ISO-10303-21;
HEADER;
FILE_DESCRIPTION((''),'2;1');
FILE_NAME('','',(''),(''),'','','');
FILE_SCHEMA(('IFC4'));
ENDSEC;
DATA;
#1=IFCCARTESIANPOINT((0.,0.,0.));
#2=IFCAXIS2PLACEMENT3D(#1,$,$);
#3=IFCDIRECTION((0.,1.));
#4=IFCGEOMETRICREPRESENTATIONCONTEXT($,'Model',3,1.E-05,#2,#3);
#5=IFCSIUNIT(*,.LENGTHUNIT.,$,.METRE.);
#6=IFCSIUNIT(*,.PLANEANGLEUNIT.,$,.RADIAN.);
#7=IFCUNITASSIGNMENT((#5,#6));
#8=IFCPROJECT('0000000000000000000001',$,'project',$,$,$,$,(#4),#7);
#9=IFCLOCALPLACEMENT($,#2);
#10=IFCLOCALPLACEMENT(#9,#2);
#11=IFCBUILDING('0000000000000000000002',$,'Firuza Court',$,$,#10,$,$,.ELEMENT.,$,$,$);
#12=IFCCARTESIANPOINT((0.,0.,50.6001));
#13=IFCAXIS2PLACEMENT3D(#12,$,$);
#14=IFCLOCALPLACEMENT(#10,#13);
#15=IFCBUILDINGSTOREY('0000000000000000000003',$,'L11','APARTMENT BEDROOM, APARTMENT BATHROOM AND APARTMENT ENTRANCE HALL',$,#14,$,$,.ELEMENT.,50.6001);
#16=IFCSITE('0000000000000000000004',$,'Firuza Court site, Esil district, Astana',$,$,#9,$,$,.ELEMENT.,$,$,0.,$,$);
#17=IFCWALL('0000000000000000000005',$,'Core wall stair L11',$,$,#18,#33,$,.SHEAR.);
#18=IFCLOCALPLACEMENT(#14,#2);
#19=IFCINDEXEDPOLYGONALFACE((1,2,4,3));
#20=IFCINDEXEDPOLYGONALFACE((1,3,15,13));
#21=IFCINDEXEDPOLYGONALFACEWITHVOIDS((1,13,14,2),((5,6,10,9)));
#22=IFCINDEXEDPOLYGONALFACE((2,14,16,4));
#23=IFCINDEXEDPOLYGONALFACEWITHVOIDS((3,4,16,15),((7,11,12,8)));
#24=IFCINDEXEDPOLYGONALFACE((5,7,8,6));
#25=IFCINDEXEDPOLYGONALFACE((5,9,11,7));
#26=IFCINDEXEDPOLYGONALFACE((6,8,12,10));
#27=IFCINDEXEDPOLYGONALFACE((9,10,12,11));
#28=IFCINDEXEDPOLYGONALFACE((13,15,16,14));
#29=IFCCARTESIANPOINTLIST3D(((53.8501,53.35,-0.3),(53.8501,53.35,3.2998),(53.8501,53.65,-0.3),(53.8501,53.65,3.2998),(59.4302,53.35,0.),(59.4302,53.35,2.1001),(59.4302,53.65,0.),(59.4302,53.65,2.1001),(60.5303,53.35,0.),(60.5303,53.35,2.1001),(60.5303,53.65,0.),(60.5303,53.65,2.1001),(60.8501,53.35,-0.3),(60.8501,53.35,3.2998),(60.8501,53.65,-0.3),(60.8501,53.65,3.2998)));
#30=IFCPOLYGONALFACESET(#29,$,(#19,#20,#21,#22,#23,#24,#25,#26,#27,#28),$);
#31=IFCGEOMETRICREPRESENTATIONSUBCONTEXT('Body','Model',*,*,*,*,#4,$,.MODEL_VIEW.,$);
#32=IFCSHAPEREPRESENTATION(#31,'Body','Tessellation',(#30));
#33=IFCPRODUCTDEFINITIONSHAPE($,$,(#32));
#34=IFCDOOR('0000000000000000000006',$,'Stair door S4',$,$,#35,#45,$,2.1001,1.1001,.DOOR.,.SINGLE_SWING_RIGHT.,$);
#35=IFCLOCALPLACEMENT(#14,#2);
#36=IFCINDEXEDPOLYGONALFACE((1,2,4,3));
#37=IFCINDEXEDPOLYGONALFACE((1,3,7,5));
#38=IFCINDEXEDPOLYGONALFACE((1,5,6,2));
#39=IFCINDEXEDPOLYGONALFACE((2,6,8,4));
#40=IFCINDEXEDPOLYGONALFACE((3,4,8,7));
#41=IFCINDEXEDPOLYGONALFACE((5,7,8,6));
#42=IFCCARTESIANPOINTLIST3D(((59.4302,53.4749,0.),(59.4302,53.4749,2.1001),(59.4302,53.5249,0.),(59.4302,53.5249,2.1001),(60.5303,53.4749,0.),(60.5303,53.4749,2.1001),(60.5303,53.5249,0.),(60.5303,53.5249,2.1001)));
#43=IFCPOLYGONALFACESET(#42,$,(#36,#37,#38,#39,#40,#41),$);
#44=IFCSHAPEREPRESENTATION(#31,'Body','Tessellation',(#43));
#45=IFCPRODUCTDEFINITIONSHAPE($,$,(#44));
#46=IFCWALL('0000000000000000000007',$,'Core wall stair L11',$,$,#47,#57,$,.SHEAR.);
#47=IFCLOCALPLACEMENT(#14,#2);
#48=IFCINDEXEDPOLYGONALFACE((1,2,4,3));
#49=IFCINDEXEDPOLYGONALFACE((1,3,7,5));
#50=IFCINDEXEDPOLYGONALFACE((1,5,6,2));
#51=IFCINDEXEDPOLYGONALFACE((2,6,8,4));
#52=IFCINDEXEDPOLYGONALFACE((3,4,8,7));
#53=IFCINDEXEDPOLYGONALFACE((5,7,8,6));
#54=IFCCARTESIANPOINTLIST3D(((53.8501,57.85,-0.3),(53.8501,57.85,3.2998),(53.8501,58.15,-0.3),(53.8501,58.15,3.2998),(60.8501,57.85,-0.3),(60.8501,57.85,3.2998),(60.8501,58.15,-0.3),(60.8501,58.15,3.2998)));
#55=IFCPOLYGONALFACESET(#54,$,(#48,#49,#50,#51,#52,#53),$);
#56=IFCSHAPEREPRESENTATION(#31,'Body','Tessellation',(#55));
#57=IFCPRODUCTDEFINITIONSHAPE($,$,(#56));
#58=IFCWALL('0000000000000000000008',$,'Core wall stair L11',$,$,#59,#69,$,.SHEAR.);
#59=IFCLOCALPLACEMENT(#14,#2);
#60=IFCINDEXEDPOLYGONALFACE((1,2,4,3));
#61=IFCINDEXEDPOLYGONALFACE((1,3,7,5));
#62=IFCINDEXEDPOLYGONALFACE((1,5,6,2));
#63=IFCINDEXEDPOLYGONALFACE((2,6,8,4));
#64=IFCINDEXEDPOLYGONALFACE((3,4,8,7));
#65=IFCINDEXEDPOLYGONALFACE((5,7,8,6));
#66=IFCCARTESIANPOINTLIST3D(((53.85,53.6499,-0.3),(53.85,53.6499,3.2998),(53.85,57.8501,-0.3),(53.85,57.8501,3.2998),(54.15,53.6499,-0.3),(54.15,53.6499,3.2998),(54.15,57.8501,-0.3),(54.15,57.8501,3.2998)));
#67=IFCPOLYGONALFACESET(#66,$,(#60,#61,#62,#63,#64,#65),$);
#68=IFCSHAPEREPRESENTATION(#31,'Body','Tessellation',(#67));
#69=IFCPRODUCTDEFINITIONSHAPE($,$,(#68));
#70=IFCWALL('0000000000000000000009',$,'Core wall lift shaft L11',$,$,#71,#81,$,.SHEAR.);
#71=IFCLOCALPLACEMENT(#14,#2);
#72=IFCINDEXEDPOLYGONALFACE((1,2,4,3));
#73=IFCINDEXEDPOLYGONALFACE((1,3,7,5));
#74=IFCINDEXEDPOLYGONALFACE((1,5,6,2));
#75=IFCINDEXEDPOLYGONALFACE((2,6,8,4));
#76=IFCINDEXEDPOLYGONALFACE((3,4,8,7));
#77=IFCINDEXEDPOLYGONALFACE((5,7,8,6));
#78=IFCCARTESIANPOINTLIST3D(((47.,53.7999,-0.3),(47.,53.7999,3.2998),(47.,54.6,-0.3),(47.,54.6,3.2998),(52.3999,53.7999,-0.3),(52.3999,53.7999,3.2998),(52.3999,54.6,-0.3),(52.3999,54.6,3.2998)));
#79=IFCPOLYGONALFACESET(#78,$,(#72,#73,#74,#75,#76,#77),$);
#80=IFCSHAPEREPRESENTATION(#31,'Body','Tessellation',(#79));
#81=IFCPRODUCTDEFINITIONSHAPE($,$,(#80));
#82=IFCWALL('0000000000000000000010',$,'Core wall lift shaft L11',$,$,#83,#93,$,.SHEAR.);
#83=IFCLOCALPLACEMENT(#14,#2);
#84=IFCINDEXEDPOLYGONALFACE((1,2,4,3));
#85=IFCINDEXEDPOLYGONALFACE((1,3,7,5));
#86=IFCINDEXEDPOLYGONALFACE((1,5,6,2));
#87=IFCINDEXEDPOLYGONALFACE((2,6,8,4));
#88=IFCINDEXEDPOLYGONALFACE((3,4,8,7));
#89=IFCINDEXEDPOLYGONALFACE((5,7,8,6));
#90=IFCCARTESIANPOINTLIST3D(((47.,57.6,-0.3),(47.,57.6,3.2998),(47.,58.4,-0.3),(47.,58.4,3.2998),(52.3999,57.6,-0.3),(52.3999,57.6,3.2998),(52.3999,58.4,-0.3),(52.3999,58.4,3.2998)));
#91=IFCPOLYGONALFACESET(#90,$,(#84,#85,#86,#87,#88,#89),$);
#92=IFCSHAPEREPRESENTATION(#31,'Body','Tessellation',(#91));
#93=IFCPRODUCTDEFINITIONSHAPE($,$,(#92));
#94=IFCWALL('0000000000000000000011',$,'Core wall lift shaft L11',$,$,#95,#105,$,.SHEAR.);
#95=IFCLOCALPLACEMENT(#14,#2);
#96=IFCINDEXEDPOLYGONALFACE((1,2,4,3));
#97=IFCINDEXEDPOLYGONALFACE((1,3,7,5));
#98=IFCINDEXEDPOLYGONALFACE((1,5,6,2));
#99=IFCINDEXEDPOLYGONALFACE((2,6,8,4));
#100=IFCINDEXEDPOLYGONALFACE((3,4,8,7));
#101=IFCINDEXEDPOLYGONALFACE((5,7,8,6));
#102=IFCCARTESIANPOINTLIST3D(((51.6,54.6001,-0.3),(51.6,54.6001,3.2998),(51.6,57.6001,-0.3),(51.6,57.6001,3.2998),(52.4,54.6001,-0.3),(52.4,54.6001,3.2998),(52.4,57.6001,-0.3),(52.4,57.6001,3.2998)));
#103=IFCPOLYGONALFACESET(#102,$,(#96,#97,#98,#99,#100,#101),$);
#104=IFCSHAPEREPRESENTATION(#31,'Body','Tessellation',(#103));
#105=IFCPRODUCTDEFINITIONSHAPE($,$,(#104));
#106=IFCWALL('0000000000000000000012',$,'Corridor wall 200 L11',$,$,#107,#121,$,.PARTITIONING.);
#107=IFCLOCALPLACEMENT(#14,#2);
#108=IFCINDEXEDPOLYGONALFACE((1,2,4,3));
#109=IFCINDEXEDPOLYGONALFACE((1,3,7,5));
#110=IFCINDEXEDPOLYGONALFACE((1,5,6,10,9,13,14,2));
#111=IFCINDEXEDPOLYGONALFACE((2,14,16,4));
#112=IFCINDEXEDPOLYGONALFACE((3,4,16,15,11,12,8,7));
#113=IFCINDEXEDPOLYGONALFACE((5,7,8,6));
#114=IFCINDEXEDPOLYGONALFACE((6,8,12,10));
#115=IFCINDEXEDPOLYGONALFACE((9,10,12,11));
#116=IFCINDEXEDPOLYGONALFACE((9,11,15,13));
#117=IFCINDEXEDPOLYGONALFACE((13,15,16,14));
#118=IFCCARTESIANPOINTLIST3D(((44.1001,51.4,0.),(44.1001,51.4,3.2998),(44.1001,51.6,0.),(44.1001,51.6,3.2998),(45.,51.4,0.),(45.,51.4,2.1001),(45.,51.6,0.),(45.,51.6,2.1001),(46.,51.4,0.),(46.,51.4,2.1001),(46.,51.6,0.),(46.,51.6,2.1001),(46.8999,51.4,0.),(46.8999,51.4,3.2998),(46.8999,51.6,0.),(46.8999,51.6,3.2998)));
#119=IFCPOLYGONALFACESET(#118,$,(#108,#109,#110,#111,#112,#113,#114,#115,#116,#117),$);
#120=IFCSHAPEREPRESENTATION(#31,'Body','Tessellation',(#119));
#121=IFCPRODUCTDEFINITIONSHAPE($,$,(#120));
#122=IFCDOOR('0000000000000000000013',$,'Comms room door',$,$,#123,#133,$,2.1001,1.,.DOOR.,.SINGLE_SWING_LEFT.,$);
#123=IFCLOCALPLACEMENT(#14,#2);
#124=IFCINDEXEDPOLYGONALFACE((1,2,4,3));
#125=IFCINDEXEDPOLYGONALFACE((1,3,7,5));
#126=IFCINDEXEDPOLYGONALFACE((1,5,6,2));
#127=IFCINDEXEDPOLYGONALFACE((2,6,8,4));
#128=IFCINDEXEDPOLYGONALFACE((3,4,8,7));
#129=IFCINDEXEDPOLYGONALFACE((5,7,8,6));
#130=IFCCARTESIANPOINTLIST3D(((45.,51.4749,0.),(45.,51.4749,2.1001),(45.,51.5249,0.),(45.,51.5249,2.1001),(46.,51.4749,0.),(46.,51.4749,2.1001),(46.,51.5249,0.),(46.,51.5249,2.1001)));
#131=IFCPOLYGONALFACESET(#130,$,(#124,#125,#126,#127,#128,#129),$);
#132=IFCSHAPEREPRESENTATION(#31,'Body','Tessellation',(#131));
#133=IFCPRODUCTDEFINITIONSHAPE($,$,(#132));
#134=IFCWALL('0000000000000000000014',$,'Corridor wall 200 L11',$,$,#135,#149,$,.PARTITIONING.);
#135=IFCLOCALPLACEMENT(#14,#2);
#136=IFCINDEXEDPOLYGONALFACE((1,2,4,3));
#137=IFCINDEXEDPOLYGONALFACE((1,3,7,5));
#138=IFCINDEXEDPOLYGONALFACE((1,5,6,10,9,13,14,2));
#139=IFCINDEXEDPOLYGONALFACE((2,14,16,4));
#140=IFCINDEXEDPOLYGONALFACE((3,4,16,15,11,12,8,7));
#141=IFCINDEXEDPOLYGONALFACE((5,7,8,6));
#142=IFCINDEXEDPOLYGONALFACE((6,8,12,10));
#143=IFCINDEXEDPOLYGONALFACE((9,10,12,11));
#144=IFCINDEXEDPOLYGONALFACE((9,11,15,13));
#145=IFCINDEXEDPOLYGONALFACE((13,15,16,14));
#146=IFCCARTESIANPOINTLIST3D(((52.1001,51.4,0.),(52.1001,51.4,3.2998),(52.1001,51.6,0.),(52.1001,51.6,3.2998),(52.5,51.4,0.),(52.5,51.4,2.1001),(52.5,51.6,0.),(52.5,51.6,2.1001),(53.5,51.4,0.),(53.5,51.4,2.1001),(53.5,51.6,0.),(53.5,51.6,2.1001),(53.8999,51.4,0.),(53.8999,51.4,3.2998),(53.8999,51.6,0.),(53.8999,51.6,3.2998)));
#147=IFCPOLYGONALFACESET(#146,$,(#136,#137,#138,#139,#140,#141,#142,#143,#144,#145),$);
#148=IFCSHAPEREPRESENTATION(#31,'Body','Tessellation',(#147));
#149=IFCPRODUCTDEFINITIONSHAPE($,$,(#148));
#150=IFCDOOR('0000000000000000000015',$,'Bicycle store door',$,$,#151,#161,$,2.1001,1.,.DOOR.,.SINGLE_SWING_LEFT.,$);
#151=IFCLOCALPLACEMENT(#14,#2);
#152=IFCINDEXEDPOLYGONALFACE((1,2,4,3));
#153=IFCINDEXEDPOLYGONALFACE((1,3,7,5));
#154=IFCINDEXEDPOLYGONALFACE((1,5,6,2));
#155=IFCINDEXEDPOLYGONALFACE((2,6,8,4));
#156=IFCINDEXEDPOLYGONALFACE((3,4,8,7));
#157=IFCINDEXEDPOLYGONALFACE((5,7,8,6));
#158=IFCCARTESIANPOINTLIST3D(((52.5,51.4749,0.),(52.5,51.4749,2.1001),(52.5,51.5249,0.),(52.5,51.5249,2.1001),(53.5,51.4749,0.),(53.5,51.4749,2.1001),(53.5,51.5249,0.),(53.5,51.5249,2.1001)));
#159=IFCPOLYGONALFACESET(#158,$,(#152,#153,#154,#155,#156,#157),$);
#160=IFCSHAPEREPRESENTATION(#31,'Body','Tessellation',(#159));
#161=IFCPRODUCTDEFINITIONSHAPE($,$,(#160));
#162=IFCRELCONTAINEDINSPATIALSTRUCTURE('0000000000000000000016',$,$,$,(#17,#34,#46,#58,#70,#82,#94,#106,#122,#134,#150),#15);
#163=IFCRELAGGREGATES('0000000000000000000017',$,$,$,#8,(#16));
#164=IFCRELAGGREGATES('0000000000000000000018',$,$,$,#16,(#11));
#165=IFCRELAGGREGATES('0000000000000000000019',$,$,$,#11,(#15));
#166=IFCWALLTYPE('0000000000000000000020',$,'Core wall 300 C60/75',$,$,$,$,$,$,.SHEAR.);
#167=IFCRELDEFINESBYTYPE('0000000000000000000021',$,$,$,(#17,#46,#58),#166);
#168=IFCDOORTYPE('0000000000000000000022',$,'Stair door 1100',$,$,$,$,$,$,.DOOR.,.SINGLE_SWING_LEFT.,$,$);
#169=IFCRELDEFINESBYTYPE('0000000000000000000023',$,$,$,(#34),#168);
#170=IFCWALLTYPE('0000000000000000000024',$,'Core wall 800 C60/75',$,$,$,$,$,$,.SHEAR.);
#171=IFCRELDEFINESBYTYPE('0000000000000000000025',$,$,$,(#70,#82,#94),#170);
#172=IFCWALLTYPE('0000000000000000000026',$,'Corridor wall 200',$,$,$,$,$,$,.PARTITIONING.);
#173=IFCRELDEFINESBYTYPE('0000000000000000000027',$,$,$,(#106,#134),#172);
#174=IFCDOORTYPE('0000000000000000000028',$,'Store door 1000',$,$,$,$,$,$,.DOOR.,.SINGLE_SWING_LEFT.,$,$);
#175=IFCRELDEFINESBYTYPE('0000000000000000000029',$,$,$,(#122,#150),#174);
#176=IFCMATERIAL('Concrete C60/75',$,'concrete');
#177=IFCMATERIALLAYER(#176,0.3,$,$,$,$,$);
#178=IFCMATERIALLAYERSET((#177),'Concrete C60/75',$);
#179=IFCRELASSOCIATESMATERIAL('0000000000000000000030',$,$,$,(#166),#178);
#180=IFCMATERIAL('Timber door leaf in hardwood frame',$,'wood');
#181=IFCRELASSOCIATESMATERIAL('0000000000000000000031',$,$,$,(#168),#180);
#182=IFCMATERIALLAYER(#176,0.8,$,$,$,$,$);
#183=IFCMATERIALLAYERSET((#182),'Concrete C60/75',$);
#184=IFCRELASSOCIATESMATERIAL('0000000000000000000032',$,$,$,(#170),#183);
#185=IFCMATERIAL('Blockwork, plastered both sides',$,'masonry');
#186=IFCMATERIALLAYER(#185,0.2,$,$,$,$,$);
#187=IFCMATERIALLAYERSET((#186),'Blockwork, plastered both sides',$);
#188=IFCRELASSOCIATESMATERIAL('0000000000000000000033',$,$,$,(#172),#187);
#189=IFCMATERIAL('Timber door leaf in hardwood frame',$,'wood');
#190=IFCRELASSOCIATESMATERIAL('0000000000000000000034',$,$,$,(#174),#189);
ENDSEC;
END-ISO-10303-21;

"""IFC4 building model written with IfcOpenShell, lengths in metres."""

from ifc_helpers import new_model, si_unit, direction, frame, frame_2d, origin, place, context, subcontext, project, spatial, rectangle, extrude, material, layer, layer_set, type_object, element, fill, save


model = new_model("IFC4")

# Units and contexts
model_context = context("Model", 3, precision=1e-05, world=origin(), true_north=direction((0.0, 1.0)))
body_context = subcontext(model_context, "Body", "Model", "MODEL_VIEW")
ifc_project = project(units=[si_unit("LENGTHUNIT", "METRE"), si_unit("PLANEANGLEUNIT", "RADIAN")], contexts=[model_context])

# Site, building, storey
site_placement = place(None, origin())
site = spatial("IfcSite", under=ifc_project, at=site_placement, Name="Firuza Court site, Esil district, Astana", CompositionType="ELEMENT", RefElevation=0.0)
building_placement = place(site_placement, origin())
building = spatial("IfcBuilding", under=site, at=building_placement, Name="Firuza Court", CompositionType="ELEMENT")
storey_placement = place(building_placement, frame((0.0, 0.0, 50.6001)))
storey = spatial("IfcBuildingStorey", under=building, at=storey_placement, Name="L11", Description="APARTMENT BEDROOM, APARTMENT BATHROOM AND APARTMENT ENTRANCE HALL", CompositionType="ELEMENT", Elevation=50.6001)

# Shared definitions
ifc_material_1 = material(Name="Concrete C60/75", Category="concrete")
ifc_layer_1 = layer(ifc_material_1, 0.3)
ifc_layer_set_1 = layer_set([ifc_layer_1], Name="Concrete C60/75")
wall_type_1 = type_object("IfcWallType", Name="Core wall 300 C60/75", PredefinedType="SHEAR", material=ifc_layer_set_1)

# Wall, opening, door
wall_1_placement = place(storey_placement, frame((53.8501, 53.5, -0.3), z_axis=(0.0, 0.0, 1.0), x_axis=(1.0, 0.0, 0.0)))
wall_1 = element("IfcWall", 1, at=wall_1_placement, inside=storey, type_object=wall_type_1, Name="Core wall stair L11", PredefinedType="SHEAR", context=body_context, shape_type="SweptSolid", body=[
    extrude(rectangle(XDim=7.0, YDim=0.3, at=frame_2d((3.5, 0.0))), origin(), (0.0, 0.0, 1.0), 3.5999),
])
opening_1_placement = place(wall_1_placement, frame((5.5801, 0.0, 0.3)))
opening_1 = element("IfcOpeningElement", 2, at=opening_1_placement, cuts=wall_1, PredefinedType="OPENING", context=body_context, shape_type="SweptSolid", body=[
    extrude(rectangle(XDim=1.1001, YDim=2.1001, at=frame_2d((0.55, 1.05))), frame((0.0, 0.1621, 0.0), z_axis=(0.0, -1.0, 0.0), x_axis=(1.0, 0.0, 0.0)), (0.0, 0.0, 1.0), 0.324),
])
ifc_material_2 = material(Name="Timber door leaf in hardwood frame", Category="wood")
door_type_1 = type_object("IfcDoorType", Name="Stair door 1100", OperationType="SINGLE_SWING_LEFT", PredefinedType="DOOR", material=ifc_material_2)
door_1_placement = place(opening_1_placement, origin())
door_1 = element("IfcDoor", 3, at=door_1_placement, inside=storey, type_object=door_type_1, Name="Stair door S4", OperationType="SINGLE_SWING_RIGHT", OverallHeight=2.1001, OverallWidth=1.1001, PredefinedType="DOOR", context=body_context, shape_type="SweptSolid", body=[
    extrude(rectangle(XDim=1.1001, YDim=2.1001, at=frame_2d((0.55, 1.05))), frame((0.0, 0.0249, 0.0), z_axis=(0.0, -1.0, 0.0), x_axis=(1.0, 0.0, 0.0)), (0.0, 0.0, 1.0), 0.05),
])
fill(opening_1, door_1)

# Walls
wall_2_placement = place(storey_placement, frame((53.8501, 58.0, -0.3), z_axis=(0.0, 0.0, 1.0), x_axis=(1.0, 0.0, 0.0)))
element("IfcWall", 4, at=wall_2_placement, inside=storey, type_object=wall_type_1, Name="Core wall stair L11", PredefinedType="SHEAR", context=body_context, shape_type="SweptSolid", body=[
    extrude(rectangle(XDim=7.0, YDim=0.3, at=frame_2d((3.5, 0.0))), origin(), (0.0, 0.0, 1.0), 3.5999),
])
wall_3_placement = place(storey_placement, frame((54.0, 53.6499, -0.3), z_axis=(0.0, 0.0, 1.0), x_axis=(0.0, 1.0, 0.0)))
element("IfcWall", 5, at=wall_3_placement, inside=storey, type_object=wall_type_1, Name="Core wall stair L11", PredefinedType="SHEAR", context=body_context, shape_type="SweptSolid", body=[
    extrude(rectangle(XDim=4.2002, YDim=0.3, at=frame_2d((2.1001, 0.0))), origin(), (0.0, 0.0, 1.0), 3.5999),
])
ifc_layer_2 = layer(ifc_material_1, 0.8)
ifc_layer_set_2 = layer_set([ifc_layer_2], Name="Concrete C60/75")
wall_type_2 = type_object("IfcWallType", Name="Core wall 800 C60/75", PredefinedType="SHEAR", material=ifc_layer_set_2)
for number, where, z_axis, x_axis, name in (
    (6, (47.0, 54.2, -0.3), (0.0, 0.0, 1.0), (1.0, 0.0, 0.0), "Core wall lift shaft L11"),
    (7, (47.0, 58.0, -0.3), (0.0, 0.0, 1.0), (1.0, 0.0, 0.0), "Core wall lift shaft L11"),
):
    element("IfcWall", number, at=place(storey_placement, frame(where, z_axis=z_axis, x_axis=x_axis)), inside=storey, type_object=wall_type_2, Name=name, PredefinedType="SHEAR", context=body_context, shape_type="SweptSolid", body=[
        extrude(rectangle(XDim=5.3999, YDim=0.8, at=frame_2d((2.7, 0.0))), origin(), (0.0, 0.0, 1.0), 3.5999),
    ])
wall_4_placement = place(storey_placement, frame((52.0, 54.6001, -0.3), z_axis=(0.0, 0.0, 1.0), x_axis=(0.0, 1.0, 0.0)))
element("IfcWall", 8, at=wall_4_placement, inside=storey, type_object=wall_type_2, Name="Core wall lift shaft L11", PredefinedType="SHEAR", context=body_context, shape_type="SweptSolid", body=[
    extrude(rectangle(XDim=3.0, YDim=0.8, at=frame_2d((1.5, 0.0))), origin(), (0.0, 0.0, 1.0), 3.5999),
])

# Walls, openings, doors
ifc_material_3 = material(Name="Blockwork, plastered both sides", Category="masonry")
ifc_layer_3 = layer(ifc_material_3, 0.2)
ifc_layer_set_3 = layer_set([ifc_layer_3], Name="Blockwork, plastered both sides")
wall_type_3 = type_object("IfcWallType", Name="Corridor wall 200", PredefinedType="PARTITIONING", material=ifc_layer_set_3)
wall_5_placement = place(storey_placement, frame((44.1001, 51.5, 0.0), z_axis=(0.0, 0.0, 1.0), x_axis=(1.0, 0.0, 0.0)))
wall_5 = element("IfcWall", 9, at=wall_5_placement, inside=storey, type_object=wall_type_3, Name="Corridor wall 200 L11", PredefinedType="PARTITIONING", context=body_context, shape_type="SweptSolid", body=[
    extrude(rectangle(XDim=2.7998, YDim=0.2, at=frame_2d((1.3999, 0.0))), origin(), (0.0, 0.0, 1.0), 3.2998),
])
opening_2_placement = place(wall_5_placement, frame((0.8999, 0.0, 0.0)))
opening_2 = element("IfcOpeningElement", 10, at=opening_2_placement, cuts=wall_5, PredefinedType="OPENING", context=body_context, shape_type="SweptSolid", body=[
    extrude(rectangle(XDim=1.0, YDim=2.1001, at=frame_2d((0.5, 1.05))), frame((0.0, 0.1118, 0.0), z_axis=(0.0, -1.0, 0.0), x_axis=(1.0, 0.0, 0.0)), (0.0, 0.0, 1.0), 0.2239),
])
ifc_material_4 = material(Name="Timber door leaf in hardwood frame", Category="wood")
door_type_2 = type_object("IfcDoorType", Name="Store door 1000", OperationType="SINGLE_SWING_LEFT", PredefinedType="DOOR", material=ifc_material_4)
door_2_placement = place(opening_2_placement, origin())
door_2 = element("IfcDoor", 11, at=door_2_placement, inside=storey, type_object=door_type_2, Name="Comms room door", OperationType="SINGLE_SWING_LEFT", OverallHeight=2.1001, OverallWidth=1.0, PredefinedType="DOOR", context=body_context, shape_type="SweptSolid", body=[
    extrude(rectangle(XDim=1.0, YDim=2.1001, at=frame_2d((0.5, 1.05))), frame((0.0, 0.0249, 0.0), z_axis=(0.0, -1.0, 0.0), x_axis=(1.0, 0.0, 0.0)), (0.0, 0.0, 1.0), 0.05),
])
fill(opening_2, door_2)
wall_6_placement = place(storey_placement, frame((52.1001, 51.5, 0.0), z_axis=(0.0, 0.0, 1.0), x_axis=(1.0, 0.0, 0.0)))
wall_6 = element("IfcWall", 12, at=wall_6_placement, inside=storey, type_object=wall_type_3, Name="Corridor wall 200 L11", PredefinedType="PARTITIONING", context=body_context, shape_type="SweptSolid", body=[
    extrude(rectangle(XDim=1.7998, YDim=0.2, at=frame_2d((0.8999, 0.0))), origin(), (0.0, 0.0, 1.0), 3.2998),
])
opening_3_placement = place(wall_6_placement, frame((0.3999, 0.0, 0.0)))
opening_3 = element("IfcOpeningElement", 13, at=opening_3_placement, cuts=wall_6, PredefinedType="OPENING", context=body_context, shape_type="SweptSolid", body=[
    extrude(rectangle(XDim=1.0, YDim=2.1001, at=frame_2d((0.5, 1.05))), frame((0.0, 0.1118, 0.0), z_axis=(0.0, -1.0, 0.0), x_axis=(1.0, 0.0, 0.0)), (0.0, 0.0, 1.0), 0.2239),
])
door_3_placement = place(opening_3_placement, origin())
door_3 = element("IfcDoor", 14, at=door_3_placement, inside=storey, type_object=door_type_2, Name="Bicycle store door", OperationType="SINGLE_SWING_LEFT", OverallHeight=2.1001, OverallWidth=1.0, PredefinedType="DOOR", context=body_context, shape_type="SweptSolid", body=[
    extrude(rectangle(XDim=1.0, YDim=2.1001, at=frame_2d((0.5, 1.05))), frame((0.0, 0.0249, 0.0), z_axis=(0.0, -1.0, 0.0), x_axis=(1.0, 0.0, 0.0)), (0.0, 0.0, 1.0), 0.05),
])
fill(opening_3, door_3)

save(model, "model.ifc")
